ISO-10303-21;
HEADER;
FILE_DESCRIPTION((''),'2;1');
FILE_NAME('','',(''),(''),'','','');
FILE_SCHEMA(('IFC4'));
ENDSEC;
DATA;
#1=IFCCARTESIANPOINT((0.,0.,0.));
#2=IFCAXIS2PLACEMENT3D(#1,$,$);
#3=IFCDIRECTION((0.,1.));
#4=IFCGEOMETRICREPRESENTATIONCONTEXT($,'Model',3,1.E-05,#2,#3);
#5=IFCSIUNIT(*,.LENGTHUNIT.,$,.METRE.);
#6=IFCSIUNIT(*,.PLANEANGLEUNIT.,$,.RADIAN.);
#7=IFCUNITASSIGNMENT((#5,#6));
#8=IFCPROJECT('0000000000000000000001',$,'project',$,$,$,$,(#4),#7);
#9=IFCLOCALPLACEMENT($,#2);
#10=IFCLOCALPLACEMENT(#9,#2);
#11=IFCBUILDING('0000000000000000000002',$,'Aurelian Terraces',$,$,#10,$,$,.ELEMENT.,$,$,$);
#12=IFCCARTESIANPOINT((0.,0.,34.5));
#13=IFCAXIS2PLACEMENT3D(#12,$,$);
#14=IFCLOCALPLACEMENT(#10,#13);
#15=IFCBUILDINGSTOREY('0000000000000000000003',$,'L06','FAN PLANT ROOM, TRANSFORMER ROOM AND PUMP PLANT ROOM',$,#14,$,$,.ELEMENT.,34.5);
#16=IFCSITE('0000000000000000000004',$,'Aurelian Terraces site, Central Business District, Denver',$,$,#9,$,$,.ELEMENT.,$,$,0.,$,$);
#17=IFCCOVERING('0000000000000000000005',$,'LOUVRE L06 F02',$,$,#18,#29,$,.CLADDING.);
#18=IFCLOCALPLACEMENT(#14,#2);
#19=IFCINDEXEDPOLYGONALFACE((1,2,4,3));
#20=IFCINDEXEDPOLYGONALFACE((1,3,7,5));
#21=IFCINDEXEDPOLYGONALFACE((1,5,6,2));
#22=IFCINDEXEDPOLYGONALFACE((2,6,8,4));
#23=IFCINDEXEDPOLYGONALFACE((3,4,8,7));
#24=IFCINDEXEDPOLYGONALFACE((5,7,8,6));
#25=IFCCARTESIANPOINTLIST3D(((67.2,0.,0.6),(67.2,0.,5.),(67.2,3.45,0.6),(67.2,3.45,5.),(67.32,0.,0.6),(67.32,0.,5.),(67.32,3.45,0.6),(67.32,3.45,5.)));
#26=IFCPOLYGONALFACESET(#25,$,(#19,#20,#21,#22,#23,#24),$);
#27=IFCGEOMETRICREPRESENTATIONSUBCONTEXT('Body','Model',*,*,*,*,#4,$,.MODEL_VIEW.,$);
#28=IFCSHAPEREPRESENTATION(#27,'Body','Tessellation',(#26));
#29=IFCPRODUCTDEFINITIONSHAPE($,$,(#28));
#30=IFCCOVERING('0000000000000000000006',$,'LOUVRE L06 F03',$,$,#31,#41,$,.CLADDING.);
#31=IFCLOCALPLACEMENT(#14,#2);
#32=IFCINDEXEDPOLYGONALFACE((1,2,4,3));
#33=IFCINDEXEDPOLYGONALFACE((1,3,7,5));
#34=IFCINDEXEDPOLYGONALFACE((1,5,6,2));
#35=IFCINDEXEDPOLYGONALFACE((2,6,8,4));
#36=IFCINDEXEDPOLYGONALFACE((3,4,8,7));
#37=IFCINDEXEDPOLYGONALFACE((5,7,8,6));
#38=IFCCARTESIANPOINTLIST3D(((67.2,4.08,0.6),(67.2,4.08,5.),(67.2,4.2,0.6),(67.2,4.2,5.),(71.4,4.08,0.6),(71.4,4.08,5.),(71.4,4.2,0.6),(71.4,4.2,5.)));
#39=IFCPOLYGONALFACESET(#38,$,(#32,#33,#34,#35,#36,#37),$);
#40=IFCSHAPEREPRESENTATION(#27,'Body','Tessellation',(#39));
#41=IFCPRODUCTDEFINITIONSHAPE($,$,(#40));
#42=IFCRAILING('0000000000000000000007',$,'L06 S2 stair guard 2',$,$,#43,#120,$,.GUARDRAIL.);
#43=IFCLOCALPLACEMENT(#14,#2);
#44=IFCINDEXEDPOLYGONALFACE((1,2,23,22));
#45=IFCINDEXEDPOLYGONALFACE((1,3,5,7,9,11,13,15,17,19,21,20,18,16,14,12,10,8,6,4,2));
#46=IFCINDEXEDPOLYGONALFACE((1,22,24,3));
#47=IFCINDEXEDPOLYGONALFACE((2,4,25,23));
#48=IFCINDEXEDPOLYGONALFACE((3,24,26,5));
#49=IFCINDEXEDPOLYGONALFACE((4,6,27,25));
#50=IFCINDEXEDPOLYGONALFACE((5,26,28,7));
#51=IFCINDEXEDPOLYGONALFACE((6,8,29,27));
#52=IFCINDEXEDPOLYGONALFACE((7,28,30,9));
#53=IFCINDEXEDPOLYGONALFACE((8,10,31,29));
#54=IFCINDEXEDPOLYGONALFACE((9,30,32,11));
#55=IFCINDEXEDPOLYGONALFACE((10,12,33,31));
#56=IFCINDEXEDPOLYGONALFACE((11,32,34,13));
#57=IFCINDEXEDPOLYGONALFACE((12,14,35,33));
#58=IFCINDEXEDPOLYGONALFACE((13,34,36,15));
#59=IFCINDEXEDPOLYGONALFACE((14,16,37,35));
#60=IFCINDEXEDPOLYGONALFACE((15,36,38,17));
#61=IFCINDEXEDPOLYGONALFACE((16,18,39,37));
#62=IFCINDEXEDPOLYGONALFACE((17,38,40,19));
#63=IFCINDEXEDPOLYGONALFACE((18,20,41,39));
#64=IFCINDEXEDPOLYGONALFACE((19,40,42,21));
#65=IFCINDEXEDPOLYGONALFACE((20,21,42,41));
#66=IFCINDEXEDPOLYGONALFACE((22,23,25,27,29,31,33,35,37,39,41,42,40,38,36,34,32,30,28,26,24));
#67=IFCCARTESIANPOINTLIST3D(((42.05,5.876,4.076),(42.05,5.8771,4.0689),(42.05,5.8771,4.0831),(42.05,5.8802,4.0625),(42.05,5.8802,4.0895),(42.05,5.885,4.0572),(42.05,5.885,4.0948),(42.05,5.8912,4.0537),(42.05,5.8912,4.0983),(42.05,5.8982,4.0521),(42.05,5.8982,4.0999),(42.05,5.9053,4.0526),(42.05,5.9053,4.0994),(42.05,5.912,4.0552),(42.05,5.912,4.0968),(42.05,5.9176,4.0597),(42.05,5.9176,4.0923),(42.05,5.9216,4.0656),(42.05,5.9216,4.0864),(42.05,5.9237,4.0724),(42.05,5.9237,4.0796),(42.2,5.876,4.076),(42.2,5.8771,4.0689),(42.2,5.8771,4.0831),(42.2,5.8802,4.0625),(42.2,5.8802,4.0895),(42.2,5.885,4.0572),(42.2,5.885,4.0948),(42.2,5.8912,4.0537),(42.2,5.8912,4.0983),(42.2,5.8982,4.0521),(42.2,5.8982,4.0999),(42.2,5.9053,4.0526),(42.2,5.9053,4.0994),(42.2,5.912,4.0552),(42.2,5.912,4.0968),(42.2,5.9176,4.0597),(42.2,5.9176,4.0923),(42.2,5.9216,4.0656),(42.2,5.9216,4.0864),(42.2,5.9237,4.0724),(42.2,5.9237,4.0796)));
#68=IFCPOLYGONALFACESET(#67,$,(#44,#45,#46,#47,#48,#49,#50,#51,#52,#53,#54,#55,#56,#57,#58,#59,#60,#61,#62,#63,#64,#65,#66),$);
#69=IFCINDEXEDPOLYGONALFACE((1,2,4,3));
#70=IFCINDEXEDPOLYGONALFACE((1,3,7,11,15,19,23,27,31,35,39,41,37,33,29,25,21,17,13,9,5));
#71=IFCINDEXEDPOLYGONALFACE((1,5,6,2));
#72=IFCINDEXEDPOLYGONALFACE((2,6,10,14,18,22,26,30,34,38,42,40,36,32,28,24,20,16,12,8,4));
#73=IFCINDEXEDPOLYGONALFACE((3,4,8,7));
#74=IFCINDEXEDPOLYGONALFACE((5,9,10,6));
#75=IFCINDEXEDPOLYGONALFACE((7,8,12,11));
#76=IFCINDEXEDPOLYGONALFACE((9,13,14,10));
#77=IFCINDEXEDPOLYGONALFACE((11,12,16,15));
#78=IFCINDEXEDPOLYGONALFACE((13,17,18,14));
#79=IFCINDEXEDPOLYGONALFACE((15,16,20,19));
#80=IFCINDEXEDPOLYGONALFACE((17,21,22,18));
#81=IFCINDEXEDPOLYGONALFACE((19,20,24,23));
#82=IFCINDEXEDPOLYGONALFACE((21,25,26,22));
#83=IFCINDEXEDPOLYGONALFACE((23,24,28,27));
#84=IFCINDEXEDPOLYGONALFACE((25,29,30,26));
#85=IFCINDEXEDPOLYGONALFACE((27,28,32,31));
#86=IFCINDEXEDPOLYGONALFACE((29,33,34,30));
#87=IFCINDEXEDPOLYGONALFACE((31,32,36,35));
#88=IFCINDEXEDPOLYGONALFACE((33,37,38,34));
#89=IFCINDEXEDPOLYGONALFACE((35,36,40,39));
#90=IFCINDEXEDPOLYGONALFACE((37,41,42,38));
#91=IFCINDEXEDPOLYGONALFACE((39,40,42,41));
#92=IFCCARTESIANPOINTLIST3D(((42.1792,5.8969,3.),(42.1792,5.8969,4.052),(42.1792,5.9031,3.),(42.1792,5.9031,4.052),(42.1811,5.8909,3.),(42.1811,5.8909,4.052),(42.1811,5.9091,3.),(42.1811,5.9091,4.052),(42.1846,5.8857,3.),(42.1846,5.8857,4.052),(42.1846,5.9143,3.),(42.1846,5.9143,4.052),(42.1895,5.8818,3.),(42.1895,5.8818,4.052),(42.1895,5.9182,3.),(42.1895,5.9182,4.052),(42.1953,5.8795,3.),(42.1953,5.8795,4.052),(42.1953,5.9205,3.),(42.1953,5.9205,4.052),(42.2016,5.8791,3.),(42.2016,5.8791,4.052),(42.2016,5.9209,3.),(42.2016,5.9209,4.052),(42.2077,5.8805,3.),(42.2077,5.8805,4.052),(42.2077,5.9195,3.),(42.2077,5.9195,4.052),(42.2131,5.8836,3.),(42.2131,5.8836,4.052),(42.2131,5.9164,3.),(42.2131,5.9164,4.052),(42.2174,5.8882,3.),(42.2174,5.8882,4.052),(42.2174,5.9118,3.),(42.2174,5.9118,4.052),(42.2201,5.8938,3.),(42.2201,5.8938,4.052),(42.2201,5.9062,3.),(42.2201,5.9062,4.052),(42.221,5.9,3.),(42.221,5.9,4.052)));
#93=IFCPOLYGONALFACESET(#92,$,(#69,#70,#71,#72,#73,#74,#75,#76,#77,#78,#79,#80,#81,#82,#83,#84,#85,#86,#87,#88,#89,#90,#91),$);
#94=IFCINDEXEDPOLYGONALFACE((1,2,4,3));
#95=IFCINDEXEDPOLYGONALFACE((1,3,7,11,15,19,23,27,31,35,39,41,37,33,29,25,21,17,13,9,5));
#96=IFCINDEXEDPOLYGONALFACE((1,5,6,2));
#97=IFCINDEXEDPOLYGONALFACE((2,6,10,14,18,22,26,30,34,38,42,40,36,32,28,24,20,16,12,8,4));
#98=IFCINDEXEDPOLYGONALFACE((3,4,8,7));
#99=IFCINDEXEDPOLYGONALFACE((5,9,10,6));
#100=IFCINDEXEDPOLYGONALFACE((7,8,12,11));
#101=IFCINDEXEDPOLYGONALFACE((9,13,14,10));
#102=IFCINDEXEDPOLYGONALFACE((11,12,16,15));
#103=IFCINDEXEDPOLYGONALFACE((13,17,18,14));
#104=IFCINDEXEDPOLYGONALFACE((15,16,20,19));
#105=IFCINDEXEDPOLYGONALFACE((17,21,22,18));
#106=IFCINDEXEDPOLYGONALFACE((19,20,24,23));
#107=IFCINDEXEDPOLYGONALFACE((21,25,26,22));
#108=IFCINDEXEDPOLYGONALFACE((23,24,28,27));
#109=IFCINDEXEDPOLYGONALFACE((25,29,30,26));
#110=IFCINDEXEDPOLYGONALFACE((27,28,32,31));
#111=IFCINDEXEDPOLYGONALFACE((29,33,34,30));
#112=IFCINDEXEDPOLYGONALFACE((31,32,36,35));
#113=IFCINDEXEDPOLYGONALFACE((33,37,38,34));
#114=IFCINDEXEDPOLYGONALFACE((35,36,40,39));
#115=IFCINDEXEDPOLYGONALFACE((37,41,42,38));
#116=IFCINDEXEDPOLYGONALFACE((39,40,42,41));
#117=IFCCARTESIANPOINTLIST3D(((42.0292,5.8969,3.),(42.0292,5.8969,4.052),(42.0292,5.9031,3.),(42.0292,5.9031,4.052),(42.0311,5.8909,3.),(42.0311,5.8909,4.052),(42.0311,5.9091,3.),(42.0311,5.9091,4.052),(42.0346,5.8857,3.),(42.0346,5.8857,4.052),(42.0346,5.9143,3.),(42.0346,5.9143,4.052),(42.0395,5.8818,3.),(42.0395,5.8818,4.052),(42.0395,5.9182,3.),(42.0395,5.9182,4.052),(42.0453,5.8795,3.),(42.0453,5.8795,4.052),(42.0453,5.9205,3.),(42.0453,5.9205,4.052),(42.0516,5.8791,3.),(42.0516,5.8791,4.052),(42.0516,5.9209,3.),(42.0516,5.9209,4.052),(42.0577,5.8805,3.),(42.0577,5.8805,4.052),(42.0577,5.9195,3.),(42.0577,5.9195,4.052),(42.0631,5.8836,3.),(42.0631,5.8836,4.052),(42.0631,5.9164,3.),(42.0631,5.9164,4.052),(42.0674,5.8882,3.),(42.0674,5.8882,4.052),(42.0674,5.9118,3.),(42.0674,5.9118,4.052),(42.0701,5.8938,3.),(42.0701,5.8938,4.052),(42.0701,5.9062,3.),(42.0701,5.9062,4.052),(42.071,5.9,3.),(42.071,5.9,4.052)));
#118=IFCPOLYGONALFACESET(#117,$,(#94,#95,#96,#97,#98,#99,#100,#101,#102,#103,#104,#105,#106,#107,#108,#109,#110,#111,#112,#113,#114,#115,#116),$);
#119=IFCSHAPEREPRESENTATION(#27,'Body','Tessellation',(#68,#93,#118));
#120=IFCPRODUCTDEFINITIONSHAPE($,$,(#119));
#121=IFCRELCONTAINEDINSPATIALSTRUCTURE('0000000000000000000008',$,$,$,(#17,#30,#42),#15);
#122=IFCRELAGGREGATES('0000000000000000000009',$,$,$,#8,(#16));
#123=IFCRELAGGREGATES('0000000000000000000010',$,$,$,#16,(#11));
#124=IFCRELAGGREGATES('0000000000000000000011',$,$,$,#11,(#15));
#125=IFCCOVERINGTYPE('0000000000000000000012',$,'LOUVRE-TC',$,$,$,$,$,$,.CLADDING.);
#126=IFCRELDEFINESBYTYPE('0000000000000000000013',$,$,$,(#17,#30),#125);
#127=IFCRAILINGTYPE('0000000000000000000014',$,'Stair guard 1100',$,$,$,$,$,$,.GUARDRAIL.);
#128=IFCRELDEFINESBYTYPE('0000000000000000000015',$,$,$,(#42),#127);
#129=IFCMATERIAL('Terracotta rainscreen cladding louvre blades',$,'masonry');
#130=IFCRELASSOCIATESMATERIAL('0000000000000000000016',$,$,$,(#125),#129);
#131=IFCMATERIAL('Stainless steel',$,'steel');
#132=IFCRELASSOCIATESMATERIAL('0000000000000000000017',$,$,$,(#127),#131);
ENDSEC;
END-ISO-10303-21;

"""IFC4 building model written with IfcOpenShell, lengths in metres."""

from ifc_helpers import new_model, si_unit, direction, frame, origin, origin_2d, place, context, subcontext, project, spatial, rectangle, circle, extrude, source, transform, mapped, material, type_object, element, save


model = new_model("IFC4")

# Units and contexts
model_context = context("Model", 3, precision=1e-05, world=origin(), true_north=direction((0.0, 1.0)))
body_context = subcontext(model_context, "Body", "Model", "MODEL_VIEW")
ifc_project = project(units=[si_unit("LENGTHUNIT", "METRE"), si_unit("PLANEANGLEUNIT", "RADIAN")], contexts=[model_context])

# Site, building, storey
site_placement = place(None, origin())
site = spatial("IfcSite", under=ifc_project, at=site_placement, Name="Aurelian Terraces site, Central Business District, Denver", CompositionType="ELEMENT", RefElevation=0.0)
building_placement = place(site_placement, origin())
building = spatial("IfcBuilding", under=site, at=building_placement, Name="Aurelian Terraces", CompositionType="ELEMENT")
storey_placement = place(building_placement, frame((0.0, 0.0, 34.5)))
storey = spatial("IfcBuildingStorey", under=building, at=storey_placement, Name="L06", Description="FAN PLANT ROOM, TRANSFORMER ROOM AND PUMP PLANT ROOM", CompositionType="ELEMENT", Elevation=34.5)

# Coverings
ifc_material_1 = material(Name="Terracotta rainscreen cladding louvre blades", Category="masonry")
covering_type = type_object("IfcCoveringType", Name="LOUVRE-TC", PredefinedType="CLADDING", material=ifc_material_1)
covering_1_placement = place(storey_placement, frame((67.26, 1.725, 0.6), z_axis=(0.0, 0.0, 1.0), x_axis=(1.0, 0.0, 0.0)))
element("IfcCovering", 1, at=covering_1_placement, inside=storey, type_object=covering_type, Name="LOUVRE L06 F02", PredefinedType="CLADDING", context=body_context, shape_type="SweptSolid", body=[
    extrude(rectangle(XDim=0.12, YDim=3.45, at=origin_2d()), origin(), (0.0, 0.0, 1.0), 4.4),
])
covering_2_placement = place(storey_placement, frame((69.3, 4.14, 0.6), z_axis=(0.0, 0.0, 1.0), x_axis=(1.0, 0.0, 0.0)))
element("IfcCovering", 2, at=covering_2_placement, inside=storey, type_object=covering_type, Name="LOUVRE L06 F03", PredefinedType="CLADDING", context=body_context, shape_type="SweptSolid", body=[
    extrude(rectangle(XDim=4.2, YDim=0.12, at=origin_2d()), origin(), (0.0, 0.0, 1.0), 4.4),
])

# Railing
ifc_material_2 = material(Name="Stainless steel", Category="steel")
railing_type_1 = type_object("IfcRailingType", Name="Stair guard 1100", PredefinedType="GUARDRAIL", material=ifc_material_2)
shared_shape_1 = source(origin(), body_context, "Body", "SweptSolid", [
    extrude(circle(Radius=0.024, at=origin_2d()), frame((0.0, 0.0, 1.076), z_axis=(-1.0, 0.0, 0.0), x_axis=(0.0, -1.0, 0.0)), (0.0, 0.0, 1.0), 0.15),
    extrude(circle(Radius=0.021, at=origin_2d()), origin(), (0.0, 0.0, 1.0), 1.052),
    extrude(circle(Radius=0.021, at=origin_2d()), frame((-0.15, 0.0, 0.0)), (0.0, 0.0, 1.0), 1.052),
])
railing_1_placement = place(storey_placement, frame((42.2, 5.9, 3.0)))
element("IfcRailing", 3, at=railing_1_placement, inside=storey, type_object=railing_type_1, Name="L06 S2 stair guard 2", PredefinedType="GUARDRAIL", context=body_context, shape_type="MappedRepresentation", body=[
    mapped(shared_shape_1, transform((0.0, 0.0, 0.0), scale=1.0)),
])

save(model, "model.ifc")
